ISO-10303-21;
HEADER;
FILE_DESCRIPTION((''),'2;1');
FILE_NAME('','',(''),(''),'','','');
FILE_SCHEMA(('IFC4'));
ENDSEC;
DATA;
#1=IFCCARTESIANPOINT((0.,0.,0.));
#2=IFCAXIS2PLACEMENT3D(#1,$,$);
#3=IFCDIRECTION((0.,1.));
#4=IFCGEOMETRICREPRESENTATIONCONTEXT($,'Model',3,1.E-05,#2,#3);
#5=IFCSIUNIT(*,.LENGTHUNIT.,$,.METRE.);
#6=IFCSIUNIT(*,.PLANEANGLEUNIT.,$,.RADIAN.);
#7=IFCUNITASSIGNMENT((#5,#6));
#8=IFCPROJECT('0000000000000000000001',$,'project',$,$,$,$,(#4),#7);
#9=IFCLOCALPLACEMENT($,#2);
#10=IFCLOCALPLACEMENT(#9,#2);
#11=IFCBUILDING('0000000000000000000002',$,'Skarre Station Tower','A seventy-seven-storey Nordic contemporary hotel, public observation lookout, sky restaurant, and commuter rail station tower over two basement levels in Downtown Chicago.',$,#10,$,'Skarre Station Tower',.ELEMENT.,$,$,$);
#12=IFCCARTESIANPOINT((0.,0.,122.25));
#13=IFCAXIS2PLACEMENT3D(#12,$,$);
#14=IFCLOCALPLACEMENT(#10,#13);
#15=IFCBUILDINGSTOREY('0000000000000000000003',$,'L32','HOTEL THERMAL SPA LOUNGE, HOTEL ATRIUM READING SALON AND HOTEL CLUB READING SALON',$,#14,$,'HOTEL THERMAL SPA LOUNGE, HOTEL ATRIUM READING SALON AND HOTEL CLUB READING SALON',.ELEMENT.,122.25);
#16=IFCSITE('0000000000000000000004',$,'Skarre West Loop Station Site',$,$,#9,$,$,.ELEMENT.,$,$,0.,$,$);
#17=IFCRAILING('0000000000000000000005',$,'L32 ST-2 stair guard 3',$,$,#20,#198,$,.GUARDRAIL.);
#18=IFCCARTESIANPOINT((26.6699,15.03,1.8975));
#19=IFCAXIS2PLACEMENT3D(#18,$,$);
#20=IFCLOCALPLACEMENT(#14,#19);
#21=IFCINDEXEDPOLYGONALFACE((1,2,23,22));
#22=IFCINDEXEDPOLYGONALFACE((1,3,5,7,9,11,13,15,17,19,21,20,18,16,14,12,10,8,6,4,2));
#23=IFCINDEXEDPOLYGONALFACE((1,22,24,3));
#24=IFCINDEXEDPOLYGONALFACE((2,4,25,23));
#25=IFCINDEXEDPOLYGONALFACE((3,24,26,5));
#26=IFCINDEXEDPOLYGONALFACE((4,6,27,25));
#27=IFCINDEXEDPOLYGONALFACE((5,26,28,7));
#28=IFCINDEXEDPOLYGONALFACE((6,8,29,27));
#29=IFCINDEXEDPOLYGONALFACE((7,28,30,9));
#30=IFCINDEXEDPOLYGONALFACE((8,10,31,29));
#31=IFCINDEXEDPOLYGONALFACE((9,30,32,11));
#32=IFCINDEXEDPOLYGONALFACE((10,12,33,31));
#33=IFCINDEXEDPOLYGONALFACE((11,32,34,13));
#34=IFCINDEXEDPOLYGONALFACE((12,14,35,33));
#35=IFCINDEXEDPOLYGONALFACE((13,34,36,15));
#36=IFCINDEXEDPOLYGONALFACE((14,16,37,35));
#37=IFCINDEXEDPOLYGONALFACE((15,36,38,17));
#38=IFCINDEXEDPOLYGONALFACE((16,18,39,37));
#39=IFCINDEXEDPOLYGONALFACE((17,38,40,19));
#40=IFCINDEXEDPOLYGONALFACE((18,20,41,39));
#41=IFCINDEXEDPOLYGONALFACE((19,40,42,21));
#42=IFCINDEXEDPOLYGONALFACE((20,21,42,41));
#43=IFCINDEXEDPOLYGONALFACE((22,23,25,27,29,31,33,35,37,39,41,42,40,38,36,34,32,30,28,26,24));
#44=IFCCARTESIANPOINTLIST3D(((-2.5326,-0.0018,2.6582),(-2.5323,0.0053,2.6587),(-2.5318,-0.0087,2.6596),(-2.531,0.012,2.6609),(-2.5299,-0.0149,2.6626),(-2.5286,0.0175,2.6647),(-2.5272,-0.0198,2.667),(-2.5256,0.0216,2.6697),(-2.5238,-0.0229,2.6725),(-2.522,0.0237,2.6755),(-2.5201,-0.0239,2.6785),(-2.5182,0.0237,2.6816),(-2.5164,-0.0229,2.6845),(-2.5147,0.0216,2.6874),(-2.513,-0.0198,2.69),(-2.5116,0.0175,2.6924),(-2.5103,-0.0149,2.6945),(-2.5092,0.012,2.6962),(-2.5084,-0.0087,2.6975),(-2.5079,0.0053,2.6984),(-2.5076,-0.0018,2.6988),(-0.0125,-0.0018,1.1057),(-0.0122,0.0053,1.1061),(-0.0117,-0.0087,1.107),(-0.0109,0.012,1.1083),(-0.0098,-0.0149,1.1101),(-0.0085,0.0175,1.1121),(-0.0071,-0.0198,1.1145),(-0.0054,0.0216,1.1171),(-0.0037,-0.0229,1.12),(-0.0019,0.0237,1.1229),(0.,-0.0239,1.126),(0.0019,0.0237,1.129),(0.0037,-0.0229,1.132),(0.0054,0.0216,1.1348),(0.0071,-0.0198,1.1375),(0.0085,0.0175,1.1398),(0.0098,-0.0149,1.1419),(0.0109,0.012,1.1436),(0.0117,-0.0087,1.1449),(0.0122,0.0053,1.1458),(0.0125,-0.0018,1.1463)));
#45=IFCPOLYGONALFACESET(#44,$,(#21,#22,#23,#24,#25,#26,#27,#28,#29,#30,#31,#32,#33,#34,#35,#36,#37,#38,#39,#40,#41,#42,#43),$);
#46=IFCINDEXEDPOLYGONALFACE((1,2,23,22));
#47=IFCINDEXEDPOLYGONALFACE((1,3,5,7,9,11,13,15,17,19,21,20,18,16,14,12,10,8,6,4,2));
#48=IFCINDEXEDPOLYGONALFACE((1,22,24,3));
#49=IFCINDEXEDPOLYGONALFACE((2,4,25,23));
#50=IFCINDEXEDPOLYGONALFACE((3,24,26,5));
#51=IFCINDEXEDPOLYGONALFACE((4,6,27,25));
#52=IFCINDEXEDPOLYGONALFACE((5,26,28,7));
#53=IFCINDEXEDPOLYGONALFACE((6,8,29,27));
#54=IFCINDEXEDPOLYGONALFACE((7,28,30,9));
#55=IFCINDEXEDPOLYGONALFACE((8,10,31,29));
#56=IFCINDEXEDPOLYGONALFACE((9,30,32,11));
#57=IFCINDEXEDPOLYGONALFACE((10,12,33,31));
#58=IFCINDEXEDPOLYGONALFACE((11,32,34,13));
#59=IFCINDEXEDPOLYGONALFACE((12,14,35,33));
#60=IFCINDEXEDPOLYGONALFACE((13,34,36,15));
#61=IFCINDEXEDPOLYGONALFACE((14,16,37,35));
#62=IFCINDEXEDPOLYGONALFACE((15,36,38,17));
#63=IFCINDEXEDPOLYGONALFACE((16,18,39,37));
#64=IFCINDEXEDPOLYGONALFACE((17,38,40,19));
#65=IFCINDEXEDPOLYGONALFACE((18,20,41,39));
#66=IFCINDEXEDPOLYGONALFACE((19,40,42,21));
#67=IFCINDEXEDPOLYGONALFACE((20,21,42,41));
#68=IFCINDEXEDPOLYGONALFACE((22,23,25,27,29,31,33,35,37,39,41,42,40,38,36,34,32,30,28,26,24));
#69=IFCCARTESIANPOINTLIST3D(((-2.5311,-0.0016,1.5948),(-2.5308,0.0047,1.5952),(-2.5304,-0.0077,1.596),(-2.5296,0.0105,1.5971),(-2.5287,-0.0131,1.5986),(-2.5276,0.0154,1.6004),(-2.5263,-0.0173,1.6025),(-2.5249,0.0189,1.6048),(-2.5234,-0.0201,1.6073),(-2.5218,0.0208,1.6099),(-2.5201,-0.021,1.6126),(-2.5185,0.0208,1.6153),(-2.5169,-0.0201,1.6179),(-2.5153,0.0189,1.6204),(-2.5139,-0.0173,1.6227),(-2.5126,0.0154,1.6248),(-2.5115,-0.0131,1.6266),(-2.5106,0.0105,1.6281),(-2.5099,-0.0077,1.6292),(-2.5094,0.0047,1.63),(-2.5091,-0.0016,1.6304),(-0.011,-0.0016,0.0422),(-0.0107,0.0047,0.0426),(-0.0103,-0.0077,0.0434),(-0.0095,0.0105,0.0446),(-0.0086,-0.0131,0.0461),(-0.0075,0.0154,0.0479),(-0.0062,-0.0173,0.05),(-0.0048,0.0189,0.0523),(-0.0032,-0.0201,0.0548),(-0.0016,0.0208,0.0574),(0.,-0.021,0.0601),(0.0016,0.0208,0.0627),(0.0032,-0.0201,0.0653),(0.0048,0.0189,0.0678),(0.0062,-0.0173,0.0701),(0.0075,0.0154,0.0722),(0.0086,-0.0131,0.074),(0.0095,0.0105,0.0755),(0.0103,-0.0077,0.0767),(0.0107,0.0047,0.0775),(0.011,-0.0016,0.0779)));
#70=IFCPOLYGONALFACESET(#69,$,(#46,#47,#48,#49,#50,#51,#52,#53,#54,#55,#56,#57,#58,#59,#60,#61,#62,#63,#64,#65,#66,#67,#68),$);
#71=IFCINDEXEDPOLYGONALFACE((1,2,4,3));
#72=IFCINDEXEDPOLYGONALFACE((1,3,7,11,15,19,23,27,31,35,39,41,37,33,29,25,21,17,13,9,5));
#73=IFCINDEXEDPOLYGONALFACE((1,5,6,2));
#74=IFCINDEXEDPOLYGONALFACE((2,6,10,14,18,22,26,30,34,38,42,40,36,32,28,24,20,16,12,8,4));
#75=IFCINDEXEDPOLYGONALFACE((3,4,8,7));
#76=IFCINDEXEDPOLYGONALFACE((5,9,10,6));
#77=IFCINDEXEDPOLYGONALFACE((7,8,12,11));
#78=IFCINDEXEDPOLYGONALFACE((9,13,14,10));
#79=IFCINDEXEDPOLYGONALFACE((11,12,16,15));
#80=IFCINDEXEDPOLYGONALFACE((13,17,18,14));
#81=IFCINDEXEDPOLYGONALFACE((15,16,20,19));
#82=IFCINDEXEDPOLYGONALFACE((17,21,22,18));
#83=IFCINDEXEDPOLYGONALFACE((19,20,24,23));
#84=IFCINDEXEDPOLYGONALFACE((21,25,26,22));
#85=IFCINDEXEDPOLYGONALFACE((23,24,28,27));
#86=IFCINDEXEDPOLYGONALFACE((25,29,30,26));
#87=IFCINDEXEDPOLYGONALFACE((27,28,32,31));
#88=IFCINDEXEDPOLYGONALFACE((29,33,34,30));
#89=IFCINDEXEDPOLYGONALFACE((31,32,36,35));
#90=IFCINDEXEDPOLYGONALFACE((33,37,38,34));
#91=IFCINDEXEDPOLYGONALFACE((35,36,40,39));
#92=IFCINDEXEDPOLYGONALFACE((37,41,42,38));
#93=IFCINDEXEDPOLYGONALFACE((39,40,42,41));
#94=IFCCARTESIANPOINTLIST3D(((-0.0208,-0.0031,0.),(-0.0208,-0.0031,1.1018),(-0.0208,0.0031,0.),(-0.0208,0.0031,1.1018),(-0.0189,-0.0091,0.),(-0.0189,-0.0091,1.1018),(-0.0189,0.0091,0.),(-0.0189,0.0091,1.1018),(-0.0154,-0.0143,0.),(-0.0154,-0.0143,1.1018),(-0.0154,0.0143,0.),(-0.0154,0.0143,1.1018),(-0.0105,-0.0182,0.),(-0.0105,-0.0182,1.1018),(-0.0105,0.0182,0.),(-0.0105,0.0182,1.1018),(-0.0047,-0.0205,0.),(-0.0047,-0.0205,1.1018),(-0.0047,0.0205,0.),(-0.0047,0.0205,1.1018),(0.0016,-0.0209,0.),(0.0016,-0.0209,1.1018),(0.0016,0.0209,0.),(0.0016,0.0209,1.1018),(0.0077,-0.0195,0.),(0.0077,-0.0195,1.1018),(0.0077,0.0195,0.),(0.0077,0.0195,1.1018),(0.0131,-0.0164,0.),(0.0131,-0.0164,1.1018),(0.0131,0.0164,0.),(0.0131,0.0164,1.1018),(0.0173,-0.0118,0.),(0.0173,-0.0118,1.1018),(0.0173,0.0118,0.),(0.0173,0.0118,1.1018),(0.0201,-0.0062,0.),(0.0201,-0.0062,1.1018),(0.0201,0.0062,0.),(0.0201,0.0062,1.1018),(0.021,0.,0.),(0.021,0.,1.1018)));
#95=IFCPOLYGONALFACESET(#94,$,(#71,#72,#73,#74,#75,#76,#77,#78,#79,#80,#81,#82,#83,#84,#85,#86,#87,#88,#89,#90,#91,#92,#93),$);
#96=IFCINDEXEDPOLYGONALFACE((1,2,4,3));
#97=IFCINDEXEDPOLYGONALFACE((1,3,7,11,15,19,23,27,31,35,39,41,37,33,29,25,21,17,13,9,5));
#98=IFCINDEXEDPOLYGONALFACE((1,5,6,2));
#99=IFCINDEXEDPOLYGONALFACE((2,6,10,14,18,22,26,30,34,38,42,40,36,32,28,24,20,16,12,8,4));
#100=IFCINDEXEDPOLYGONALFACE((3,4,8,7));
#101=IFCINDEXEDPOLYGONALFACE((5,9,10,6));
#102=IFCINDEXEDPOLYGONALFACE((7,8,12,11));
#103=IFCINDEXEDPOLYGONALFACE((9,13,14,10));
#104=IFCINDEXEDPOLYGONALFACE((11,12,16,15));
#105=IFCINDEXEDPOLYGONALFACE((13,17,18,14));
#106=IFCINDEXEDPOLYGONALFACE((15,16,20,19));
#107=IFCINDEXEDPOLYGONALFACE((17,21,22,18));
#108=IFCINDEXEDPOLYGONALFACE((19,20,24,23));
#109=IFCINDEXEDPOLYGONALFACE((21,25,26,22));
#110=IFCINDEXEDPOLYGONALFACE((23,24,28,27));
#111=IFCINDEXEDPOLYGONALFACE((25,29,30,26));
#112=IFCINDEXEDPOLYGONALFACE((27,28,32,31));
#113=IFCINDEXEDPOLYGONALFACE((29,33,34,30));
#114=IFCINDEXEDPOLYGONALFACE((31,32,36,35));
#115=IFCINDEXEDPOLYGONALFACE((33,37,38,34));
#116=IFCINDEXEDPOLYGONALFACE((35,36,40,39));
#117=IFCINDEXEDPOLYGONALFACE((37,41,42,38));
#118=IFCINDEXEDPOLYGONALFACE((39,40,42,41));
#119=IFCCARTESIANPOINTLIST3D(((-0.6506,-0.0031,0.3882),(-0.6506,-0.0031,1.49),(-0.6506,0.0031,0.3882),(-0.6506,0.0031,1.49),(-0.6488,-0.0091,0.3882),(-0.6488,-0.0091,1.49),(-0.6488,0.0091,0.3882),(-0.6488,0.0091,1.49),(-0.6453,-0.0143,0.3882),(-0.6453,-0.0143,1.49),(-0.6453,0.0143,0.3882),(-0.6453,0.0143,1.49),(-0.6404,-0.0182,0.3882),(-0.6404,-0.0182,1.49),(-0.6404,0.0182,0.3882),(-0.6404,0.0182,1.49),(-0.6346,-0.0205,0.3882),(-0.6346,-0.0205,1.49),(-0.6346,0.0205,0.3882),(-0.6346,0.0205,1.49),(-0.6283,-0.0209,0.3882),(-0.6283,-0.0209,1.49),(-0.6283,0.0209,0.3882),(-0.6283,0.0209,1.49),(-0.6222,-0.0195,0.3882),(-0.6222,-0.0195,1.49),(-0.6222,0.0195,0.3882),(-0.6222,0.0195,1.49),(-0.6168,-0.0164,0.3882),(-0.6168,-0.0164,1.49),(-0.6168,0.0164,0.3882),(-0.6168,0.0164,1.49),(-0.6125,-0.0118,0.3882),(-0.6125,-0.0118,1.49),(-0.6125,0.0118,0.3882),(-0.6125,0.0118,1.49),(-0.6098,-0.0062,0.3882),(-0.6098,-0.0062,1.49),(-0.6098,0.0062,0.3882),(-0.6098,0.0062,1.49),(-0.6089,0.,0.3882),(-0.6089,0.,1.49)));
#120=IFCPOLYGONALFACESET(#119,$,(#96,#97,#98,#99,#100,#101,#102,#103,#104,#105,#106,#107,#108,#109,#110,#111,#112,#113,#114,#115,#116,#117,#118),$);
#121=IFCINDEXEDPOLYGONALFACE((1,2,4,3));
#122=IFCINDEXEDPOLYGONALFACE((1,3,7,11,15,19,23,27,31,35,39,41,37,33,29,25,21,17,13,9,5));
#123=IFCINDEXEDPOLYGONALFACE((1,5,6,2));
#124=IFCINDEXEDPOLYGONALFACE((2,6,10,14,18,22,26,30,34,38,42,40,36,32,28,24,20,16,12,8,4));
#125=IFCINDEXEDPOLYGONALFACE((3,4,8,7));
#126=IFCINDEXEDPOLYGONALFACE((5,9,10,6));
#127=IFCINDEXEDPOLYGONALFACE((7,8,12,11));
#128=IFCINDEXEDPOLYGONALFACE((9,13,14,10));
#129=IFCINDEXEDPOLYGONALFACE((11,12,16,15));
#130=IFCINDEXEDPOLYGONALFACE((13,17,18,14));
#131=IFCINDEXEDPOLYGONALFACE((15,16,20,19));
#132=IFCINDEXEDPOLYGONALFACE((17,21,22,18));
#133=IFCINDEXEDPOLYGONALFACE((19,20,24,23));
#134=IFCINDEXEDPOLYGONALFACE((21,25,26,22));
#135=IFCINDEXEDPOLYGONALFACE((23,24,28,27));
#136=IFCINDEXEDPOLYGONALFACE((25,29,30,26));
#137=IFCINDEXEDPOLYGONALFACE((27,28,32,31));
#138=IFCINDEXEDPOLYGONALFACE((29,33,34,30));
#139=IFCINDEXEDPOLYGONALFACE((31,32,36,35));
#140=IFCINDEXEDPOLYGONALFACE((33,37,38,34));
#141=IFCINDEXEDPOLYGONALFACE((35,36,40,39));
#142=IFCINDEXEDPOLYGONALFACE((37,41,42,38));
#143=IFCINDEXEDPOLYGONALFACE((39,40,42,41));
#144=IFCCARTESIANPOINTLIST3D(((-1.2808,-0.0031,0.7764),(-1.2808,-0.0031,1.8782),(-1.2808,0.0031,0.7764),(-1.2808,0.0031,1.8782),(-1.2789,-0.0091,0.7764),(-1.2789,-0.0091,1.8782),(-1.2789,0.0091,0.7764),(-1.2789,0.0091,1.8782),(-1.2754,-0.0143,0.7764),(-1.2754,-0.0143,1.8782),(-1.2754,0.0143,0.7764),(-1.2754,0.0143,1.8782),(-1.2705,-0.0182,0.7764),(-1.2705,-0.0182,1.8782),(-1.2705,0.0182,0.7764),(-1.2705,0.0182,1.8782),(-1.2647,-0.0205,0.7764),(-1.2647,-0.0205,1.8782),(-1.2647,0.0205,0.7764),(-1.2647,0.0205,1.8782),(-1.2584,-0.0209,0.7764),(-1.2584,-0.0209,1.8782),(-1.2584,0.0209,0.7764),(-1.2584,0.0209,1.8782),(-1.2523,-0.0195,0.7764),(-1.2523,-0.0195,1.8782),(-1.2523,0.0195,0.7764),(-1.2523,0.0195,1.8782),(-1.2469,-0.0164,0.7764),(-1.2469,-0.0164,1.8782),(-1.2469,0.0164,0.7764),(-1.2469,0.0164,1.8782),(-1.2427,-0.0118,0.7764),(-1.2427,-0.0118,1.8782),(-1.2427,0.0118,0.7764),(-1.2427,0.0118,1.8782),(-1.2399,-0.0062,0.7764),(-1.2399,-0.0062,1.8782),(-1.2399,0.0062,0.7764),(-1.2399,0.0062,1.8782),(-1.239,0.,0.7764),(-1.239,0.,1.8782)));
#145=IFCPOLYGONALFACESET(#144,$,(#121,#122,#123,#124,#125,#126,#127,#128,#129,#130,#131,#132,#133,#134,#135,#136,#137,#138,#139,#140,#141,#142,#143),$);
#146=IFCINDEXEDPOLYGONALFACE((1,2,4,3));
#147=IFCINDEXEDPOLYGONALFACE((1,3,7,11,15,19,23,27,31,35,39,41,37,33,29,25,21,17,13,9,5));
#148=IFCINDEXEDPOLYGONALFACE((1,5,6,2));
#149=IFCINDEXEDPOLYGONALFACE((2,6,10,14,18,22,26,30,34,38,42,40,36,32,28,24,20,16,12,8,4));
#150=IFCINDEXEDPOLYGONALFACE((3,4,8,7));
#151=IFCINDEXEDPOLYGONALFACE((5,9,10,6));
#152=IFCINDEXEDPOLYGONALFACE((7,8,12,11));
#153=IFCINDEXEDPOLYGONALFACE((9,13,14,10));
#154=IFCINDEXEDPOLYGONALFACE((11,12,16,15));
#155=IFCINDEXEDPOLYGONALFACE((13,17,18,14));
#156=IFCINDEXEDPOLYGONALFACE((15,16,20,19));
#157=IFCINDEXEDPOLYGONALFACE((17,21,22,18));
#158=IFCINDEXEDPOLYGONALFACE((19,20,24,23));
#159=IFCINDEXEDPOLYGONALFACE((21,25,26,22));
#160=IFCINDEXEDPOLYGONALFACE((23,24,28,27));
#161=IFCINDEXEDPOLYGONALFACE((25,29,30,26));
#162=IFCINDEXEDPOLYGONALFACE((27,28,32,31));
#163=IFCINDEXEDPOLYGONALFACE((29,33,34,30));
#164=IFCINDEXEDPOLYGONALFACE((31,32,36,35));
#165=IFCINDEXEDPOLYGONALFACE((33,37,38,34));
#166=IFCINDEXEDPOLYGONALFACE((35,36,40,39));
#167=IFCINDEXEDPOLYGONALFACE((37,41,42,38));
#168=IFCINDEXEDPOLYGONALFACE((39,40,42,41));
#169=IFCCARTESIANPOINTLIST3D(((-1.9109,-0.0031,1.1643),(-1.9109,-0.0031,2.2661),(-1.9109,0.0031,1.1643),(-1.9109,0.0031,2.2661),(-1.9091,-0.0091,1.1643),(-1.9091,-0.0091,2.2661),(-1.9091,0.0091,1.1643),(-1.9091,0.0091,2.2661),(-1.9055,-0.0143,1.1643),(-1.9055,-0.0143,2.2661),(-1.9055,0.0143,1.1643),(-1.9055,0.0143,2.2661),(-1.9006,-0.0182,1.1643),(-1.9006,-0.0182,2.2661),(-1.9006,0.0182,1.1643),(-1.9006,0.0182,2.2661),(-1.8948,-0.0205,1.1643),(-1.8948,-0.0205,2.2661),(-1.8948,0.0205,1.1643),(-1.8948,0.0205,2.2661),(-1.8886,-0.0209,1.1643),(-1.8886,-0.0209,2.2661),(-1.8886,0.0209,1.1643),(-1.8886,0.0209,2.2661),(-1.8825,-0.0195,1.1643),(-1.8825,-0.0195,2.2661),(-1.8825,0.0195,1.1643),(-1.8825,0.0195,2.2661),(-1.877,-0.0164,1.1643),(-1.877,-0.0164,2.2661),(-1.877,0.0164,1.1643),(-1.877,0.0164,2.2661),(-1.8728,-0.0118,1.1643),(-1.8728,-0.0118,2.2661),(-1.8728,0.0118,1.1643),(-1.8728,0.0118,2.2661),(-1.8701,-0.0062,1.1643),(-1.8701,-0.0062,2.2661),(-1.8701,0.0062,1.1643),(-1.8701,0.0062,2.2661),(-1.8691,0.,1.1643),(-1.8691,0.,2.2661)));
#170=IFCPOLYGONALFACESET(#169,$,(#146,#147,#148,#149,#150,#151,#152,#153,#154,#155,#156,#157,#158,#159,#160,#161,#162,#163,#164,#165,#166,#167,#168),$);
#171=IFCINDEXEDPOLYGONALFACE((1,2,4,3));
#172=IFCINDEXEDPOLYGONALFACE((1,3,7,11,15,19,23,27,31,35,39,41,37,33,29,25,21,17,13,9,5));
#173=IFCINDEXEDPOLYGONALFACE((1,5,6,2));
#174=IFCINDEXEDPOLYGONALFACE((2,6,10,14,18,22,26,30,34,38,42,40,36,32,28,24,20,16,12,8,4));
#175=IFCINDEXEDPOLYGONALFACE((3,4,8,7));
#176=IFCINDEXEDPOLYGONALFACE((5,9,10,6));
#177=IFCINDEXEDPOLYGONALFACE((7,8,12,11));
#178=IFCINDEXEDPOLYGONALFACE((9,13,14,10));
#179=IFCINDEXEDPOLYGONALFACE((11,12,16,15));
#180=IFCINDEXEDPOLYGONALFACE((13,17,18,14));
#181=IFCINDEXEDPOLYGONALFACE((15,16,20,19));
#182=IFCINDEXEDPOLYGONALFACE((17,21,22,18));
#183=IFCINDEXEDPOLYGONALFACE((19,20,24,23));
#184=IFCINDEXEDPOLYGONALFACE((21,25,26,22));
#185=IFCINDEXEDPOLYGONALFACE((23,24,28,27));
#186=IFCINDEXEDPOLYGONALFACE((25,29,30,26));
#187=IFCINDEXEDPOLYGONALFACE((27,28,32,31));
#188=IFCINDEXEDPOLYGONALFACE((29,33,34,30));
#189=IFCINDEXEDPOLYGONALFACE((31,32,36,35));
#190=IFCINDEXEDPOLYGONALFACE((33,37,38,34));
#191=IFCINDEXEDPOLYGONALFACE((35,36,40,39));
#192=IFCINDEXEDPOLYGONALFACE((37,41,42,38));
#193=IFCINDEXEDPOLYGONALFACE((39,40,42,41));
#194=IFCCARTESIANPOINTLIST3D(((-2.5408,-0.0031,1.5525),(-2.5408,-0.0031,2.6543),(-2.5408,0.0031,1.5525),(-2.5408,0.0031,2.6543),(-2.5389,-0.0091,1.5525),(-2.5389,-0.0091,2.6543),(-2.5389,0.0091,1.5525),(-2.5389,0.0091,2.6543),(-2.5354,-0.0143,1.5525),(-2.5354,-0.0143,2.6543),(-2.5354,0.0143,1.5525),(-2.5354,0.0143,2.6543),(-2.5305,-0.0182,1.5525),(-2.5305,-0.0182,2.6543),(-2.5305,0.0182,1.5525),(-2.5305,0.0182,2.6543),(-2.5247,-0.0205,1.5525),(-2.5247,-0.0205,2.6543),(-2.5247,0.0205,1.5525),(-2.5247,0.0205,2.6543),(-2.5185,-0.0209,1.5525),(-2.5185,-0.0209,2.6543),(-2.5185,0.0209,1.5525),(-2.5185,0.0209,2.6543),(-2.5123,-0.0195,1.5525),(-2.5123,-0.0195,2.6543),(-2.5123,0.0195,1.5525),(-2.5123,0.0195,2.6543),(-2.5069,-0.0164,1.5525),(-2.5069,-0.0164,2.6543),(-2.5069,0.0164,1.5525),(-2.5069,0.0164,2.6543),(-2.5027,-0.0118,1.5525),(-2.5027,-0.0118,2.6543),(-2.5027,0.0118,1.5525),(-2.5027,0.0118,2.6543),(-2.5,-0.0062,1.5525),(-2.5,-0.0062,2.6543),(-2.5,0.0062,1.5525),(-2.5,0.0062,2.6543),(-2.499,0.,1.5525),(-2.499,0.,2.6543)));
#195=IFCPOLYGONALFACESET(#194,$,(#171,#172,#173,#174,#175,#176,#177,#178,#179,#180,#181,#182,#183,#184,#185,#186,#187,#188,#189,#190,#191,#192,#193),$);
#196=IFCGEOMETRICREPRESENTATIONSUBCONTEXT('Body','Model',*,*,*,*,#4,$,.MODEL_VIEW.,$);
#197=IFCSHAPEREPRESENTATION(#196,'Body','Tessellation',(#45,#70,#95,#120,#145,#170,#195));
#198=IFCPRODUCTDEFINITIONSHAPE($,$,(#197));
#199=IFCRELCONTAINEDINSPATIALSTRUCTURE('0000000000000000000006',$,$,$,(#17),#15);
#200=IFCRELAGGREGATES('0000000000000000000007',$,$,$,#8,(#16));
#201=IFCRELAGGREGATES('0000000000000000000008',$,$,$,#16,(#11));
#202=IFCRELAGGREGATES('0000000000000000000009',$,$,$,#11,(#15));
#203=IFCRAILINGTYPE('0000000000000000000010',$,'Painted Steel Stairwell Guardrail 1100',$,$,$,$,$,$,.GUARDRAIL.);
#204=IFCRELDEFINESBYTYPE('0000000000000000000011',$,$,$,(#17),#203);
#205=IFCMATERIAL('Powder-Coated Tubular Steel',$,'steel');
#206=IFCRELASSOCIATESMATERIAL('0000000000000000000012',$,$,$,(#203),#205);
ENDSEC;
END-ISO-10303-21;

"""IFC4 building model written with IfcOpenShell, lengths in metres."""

from ifc_helpers import new_model, si_unit, direction, frame, origin, origin_2d, place, context, subcontext, project, spatial, circle, extrude, material, type_object, element, save


model = new_model("IFC4")

# Units and contexts
model_context = context("Model", 3, precision=1e-05, world=origin(), true_north=direction((0.0, 1.0)))
body_context = subcontext(model_context, "Body", "Model", "MODEL_VIEW")
ifc_project = project(units=[si_unit("LENGTHUNIT", "METRE"), si_unit("PLANEANGLEUNIT", "RADIAN")], contexts=[model_context])

# Site, building, storey
site_placement = place(None, origin())
site = spatial("IfcSite", under=ifc_project, at=site_placement, Name="Skarre West Loop Station Site", CompositionType="ELEMENT", RefElevation=0.0)
building_placement = place(site_placement, origin())
building = spatial("IfcBuilding", under=site, at=building_placement, Name="Skarre Station Tower", Description="A seventy-seven-storey Nordic contemporary hotel, public observation lookout, sky restaurant, and commuter rail station tower over two basement levels in Downtown Chicago.", LongName="Skarre Station Tower", CompositionType="ELEMENT")
storey_placement = place(building_placement, frame((0.0, 0.0, 122.25)))
storey = spatial("IfcBuildingStorey", under=building, at=storey_placement, Name="L32", Description="HOTEL THERMAL SPA LOUNGE, HOTEL ATRIUM READING SALON AND HOTEL CLUB READING SALON", LongName="HOTEL THERMAL SPA LOUNGE, HOTEL ATRIUM READING SALON AND HOTEL CLUB READING SALON", CompositionType="ELEMENT", Elevation=122.25)

# Railing
ifc_material_1 = material(Name="Powder-Coated Tubular Steel", Category="steel")
railing_type_1 = type_object("IfcRailingType", Name="Painted Steel Stairwell Guardrail 1100", PredefinedType="GUARDRAIL", material=ifc_material_1)
railing_1_placement = place(storey_placement, frame((26.6699, 15.03, 1.8975)))
element("IfcRailing", 1, at=railing_1_placement, inside=storey, type_object=railing_type_1, Name="L32 ST-2 stair guard 3", PredefinedType="GUARDRAIL", context=body_context, shape_type="SweptSolid", body=[
    extrude(circle(Radius=0.0239, at=origin_2d()), frame((0.0, 0.0, 1.126), z_axis=(-0.8514, 0.0, 0.524516), x_axis=(0.0, -1.0, 0.0)), (0.0, 0.0, 1.0), 2.96),
    extrude(circle(Radius=0.021, at=origin_2d()), frame((0.0, 0.0, 0.0601), z_axis=(-0.8514, 0.0, 0.524516), x_axis=(0.0, -1.0, 0.0)), (0.0, 0.0, 1.0), 2.96),
    extrude(circle(Radius=0.021, at=origin_2d()), origin(), (0.0, 0.0, 1.0), 1.1018),
    extrude(circle(Radius=0.021, at=origin_2d()), frame((-0.6299, 0.0, 0.3882)), (0.0, 0.0, 1.0), 1.1018),
    extrude(circle(Radius=0.021, at=origin_2d()), frame((-1.26, 0.0, 0.7764)), (0.0, 0.0, 1.0), 1.1018),
    extrude(circle(Radius=0.021, at=origin_2d()), frame((-1.8901, 0.0, 1.1643)), (0.0, 0.0, 1.0), 1.1018),
    extrude(circle(Radius=0.021, at=origin_2d()), frame((-2.52, 0.0, 1.5525)), (0.0, 0.0, 1.0), 1.1018),
])

save(model, "model.ifc")
